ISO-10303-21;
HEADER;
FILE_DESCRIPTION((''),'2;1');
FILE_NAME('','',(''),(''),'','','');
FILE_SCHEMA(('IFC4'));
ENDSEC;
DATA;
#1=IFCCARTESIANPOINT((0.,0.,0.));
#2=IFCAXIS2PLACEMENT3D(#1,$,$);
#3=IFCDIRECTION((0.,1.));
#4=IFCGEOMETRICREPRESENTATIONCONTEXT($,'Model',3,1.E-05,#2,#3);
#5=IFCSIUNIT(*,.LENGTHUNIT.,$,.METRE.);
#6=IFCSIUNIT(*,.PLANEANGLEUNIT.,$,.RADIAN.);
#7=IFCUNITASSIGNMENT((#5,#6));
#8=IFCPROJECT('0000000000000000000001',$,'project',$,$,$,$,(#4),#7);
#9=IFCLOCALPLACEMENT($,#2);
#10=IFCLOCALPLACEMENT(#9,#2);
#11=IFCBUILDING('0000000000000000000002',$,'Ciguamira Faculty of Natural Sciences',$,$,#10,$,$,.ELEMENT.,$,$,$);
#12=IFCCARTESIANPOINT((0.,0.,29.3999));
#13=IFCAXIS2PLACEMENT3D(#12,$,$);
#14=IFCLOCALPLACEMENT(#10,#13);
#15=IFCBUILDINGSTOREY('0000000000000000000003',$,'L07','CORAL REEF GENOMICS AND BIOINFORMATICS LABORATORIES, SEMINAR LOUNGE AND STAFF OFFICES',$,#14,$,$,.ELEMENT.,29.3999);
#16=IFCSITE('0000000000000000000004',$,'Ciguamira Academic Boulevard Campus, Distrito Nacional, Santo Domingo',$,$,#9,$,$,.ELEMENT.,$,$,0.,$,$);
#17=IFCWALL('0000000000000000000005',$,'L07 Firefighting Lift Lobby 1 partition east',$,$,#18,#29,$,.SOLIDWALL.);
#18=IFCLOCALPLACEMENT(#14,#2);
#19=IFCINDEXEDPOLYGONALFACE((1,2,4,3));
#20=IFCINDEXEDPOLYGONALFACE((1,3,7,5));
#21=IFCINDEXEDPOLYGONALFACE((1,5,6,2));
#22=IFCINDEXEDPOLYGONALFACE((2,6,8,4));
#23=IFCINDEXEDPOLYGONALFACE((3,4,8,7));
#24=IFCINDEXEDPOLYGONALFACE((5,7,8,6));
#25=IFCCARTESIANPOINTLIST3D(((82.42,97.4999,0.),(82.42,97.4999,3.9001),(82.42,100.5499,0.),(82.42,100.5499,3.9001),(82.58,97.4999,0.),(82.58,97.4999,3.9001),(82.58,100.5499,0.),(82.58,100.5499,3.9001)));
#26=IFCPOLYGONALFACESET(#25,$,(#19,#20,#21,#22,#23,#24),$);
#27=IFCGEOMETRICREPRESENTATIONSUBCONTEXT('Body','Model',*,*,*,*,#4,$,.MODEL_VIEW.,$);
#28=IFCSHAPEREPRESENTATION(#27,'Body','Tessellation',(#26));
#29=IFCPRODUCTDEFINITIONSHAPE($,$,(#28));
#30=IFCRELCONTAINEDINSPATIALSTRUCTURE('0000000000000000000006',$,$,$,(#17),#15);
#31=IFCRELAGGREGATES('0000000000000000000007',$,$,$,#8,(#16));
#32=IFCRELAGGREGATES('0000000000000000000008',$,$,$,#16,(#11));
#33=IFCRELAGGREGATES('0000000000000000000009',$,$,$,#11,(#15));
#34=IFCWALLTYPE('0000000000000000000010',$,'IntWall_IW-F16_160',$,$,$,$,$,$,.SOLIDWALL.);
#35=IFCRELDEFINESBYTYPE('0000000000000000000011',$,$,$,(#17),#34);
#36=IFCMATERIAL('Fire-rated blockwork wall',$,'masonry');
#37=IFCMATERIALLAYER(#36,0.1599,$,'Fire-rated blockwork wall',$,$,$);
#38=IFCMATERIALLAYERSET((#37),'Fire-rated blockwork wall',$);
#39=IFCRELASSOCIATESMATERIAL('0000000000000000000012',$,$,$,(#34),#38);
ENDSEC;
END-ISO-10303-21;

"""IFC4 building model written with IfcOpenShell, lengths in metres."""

from ifc_helpers import new_model, si_unit, direction, frame, frame_2d, origin, place, context, subcontext, project, spatial, rectangle, extrude, material, layer, layer_set, type_object, element, save


model = new_model("IFC4")

# Units and contexts
model_context = context("Model", 3, precision=1e-05, world=origin(), true_north=direction((0.0, 1.0)))
body_context = subcontext(model_context, "Body", "Model", "MODEL_VIEW")
ifc_project = project(units=[si_unit("LENGTHUNIT", "METRE"), si_unit("PLANEANGLEUNIT", "RADIAN")], contexts=[model_context])

# Site, building, storey
site_placement = place(None, origin())
site = spatial("IfcSite", under=ifc_project, at=site_placement, Name="Ciguamira Academic Boulevard Campus, Distrito Nacional, Santo Domingo", CompositionType="ELEMENT", RefElevation=0.0)
building_placement = place(site_placement, origin())
building = spatial("IfcBuilding", under=site, at=building_placement, Name="Ciguamira Faculty of Natural Sciences", CompositionType="ELEMENT")
storey_placement = place(building_placement, frame((0.0, 0.0, 29.3999)))
storey = spatial("IfcBuildingStorey", under=building, at=storey_placement, Name="L07", Description="CORAL REEF GENOMICS AND BIOINFORMATICS LABORATORIES, SEMINAR LOUNGE AND STAFF OFFICES", CompositionType="ELEMENT", Elevation=29.3999)

# Wall
ifc_material_1 = material(Name="Fire-rated blockwork wall", Category="masonry")
ifc_layer_1 = layer(ifc_material_1, 0.1599, Name="Fire-rated blockwork wall")
ifc_layer_set_1 = layer_set([ifc_layer_1], Name="Fire-rated blockwork wall")
wall_type_1 = type_object("IfcWallType", Name="IntWall_IW-F16_160", PredefinedType="SOLIDWALL", material=ifc_layer_set_1)
wall_1_placement = place(storey_placement, frame((82.5, 97.5, 0.0), z_axis=(0.0, 0.0, 1.0), x_axis=(0.0, 1.0, 0.0)))
element("IfcWall", 1, at=wall_1_placement, inside=storey, type_object=wall_type_1, Name="L07 Firefighting Lift Lobby 1 partition east", PredefinedType="SOLIDWALL", context=body_context, shape_type="SweptSolid", body=[
    extrude(rectangle(XDim=3.05, YDim=0.1599, at=frame_2d((1.5249, 0.0))), origin(), (0.0, 0.0, 1.0), 3.9001),
])

save(model, "model.ifc")
